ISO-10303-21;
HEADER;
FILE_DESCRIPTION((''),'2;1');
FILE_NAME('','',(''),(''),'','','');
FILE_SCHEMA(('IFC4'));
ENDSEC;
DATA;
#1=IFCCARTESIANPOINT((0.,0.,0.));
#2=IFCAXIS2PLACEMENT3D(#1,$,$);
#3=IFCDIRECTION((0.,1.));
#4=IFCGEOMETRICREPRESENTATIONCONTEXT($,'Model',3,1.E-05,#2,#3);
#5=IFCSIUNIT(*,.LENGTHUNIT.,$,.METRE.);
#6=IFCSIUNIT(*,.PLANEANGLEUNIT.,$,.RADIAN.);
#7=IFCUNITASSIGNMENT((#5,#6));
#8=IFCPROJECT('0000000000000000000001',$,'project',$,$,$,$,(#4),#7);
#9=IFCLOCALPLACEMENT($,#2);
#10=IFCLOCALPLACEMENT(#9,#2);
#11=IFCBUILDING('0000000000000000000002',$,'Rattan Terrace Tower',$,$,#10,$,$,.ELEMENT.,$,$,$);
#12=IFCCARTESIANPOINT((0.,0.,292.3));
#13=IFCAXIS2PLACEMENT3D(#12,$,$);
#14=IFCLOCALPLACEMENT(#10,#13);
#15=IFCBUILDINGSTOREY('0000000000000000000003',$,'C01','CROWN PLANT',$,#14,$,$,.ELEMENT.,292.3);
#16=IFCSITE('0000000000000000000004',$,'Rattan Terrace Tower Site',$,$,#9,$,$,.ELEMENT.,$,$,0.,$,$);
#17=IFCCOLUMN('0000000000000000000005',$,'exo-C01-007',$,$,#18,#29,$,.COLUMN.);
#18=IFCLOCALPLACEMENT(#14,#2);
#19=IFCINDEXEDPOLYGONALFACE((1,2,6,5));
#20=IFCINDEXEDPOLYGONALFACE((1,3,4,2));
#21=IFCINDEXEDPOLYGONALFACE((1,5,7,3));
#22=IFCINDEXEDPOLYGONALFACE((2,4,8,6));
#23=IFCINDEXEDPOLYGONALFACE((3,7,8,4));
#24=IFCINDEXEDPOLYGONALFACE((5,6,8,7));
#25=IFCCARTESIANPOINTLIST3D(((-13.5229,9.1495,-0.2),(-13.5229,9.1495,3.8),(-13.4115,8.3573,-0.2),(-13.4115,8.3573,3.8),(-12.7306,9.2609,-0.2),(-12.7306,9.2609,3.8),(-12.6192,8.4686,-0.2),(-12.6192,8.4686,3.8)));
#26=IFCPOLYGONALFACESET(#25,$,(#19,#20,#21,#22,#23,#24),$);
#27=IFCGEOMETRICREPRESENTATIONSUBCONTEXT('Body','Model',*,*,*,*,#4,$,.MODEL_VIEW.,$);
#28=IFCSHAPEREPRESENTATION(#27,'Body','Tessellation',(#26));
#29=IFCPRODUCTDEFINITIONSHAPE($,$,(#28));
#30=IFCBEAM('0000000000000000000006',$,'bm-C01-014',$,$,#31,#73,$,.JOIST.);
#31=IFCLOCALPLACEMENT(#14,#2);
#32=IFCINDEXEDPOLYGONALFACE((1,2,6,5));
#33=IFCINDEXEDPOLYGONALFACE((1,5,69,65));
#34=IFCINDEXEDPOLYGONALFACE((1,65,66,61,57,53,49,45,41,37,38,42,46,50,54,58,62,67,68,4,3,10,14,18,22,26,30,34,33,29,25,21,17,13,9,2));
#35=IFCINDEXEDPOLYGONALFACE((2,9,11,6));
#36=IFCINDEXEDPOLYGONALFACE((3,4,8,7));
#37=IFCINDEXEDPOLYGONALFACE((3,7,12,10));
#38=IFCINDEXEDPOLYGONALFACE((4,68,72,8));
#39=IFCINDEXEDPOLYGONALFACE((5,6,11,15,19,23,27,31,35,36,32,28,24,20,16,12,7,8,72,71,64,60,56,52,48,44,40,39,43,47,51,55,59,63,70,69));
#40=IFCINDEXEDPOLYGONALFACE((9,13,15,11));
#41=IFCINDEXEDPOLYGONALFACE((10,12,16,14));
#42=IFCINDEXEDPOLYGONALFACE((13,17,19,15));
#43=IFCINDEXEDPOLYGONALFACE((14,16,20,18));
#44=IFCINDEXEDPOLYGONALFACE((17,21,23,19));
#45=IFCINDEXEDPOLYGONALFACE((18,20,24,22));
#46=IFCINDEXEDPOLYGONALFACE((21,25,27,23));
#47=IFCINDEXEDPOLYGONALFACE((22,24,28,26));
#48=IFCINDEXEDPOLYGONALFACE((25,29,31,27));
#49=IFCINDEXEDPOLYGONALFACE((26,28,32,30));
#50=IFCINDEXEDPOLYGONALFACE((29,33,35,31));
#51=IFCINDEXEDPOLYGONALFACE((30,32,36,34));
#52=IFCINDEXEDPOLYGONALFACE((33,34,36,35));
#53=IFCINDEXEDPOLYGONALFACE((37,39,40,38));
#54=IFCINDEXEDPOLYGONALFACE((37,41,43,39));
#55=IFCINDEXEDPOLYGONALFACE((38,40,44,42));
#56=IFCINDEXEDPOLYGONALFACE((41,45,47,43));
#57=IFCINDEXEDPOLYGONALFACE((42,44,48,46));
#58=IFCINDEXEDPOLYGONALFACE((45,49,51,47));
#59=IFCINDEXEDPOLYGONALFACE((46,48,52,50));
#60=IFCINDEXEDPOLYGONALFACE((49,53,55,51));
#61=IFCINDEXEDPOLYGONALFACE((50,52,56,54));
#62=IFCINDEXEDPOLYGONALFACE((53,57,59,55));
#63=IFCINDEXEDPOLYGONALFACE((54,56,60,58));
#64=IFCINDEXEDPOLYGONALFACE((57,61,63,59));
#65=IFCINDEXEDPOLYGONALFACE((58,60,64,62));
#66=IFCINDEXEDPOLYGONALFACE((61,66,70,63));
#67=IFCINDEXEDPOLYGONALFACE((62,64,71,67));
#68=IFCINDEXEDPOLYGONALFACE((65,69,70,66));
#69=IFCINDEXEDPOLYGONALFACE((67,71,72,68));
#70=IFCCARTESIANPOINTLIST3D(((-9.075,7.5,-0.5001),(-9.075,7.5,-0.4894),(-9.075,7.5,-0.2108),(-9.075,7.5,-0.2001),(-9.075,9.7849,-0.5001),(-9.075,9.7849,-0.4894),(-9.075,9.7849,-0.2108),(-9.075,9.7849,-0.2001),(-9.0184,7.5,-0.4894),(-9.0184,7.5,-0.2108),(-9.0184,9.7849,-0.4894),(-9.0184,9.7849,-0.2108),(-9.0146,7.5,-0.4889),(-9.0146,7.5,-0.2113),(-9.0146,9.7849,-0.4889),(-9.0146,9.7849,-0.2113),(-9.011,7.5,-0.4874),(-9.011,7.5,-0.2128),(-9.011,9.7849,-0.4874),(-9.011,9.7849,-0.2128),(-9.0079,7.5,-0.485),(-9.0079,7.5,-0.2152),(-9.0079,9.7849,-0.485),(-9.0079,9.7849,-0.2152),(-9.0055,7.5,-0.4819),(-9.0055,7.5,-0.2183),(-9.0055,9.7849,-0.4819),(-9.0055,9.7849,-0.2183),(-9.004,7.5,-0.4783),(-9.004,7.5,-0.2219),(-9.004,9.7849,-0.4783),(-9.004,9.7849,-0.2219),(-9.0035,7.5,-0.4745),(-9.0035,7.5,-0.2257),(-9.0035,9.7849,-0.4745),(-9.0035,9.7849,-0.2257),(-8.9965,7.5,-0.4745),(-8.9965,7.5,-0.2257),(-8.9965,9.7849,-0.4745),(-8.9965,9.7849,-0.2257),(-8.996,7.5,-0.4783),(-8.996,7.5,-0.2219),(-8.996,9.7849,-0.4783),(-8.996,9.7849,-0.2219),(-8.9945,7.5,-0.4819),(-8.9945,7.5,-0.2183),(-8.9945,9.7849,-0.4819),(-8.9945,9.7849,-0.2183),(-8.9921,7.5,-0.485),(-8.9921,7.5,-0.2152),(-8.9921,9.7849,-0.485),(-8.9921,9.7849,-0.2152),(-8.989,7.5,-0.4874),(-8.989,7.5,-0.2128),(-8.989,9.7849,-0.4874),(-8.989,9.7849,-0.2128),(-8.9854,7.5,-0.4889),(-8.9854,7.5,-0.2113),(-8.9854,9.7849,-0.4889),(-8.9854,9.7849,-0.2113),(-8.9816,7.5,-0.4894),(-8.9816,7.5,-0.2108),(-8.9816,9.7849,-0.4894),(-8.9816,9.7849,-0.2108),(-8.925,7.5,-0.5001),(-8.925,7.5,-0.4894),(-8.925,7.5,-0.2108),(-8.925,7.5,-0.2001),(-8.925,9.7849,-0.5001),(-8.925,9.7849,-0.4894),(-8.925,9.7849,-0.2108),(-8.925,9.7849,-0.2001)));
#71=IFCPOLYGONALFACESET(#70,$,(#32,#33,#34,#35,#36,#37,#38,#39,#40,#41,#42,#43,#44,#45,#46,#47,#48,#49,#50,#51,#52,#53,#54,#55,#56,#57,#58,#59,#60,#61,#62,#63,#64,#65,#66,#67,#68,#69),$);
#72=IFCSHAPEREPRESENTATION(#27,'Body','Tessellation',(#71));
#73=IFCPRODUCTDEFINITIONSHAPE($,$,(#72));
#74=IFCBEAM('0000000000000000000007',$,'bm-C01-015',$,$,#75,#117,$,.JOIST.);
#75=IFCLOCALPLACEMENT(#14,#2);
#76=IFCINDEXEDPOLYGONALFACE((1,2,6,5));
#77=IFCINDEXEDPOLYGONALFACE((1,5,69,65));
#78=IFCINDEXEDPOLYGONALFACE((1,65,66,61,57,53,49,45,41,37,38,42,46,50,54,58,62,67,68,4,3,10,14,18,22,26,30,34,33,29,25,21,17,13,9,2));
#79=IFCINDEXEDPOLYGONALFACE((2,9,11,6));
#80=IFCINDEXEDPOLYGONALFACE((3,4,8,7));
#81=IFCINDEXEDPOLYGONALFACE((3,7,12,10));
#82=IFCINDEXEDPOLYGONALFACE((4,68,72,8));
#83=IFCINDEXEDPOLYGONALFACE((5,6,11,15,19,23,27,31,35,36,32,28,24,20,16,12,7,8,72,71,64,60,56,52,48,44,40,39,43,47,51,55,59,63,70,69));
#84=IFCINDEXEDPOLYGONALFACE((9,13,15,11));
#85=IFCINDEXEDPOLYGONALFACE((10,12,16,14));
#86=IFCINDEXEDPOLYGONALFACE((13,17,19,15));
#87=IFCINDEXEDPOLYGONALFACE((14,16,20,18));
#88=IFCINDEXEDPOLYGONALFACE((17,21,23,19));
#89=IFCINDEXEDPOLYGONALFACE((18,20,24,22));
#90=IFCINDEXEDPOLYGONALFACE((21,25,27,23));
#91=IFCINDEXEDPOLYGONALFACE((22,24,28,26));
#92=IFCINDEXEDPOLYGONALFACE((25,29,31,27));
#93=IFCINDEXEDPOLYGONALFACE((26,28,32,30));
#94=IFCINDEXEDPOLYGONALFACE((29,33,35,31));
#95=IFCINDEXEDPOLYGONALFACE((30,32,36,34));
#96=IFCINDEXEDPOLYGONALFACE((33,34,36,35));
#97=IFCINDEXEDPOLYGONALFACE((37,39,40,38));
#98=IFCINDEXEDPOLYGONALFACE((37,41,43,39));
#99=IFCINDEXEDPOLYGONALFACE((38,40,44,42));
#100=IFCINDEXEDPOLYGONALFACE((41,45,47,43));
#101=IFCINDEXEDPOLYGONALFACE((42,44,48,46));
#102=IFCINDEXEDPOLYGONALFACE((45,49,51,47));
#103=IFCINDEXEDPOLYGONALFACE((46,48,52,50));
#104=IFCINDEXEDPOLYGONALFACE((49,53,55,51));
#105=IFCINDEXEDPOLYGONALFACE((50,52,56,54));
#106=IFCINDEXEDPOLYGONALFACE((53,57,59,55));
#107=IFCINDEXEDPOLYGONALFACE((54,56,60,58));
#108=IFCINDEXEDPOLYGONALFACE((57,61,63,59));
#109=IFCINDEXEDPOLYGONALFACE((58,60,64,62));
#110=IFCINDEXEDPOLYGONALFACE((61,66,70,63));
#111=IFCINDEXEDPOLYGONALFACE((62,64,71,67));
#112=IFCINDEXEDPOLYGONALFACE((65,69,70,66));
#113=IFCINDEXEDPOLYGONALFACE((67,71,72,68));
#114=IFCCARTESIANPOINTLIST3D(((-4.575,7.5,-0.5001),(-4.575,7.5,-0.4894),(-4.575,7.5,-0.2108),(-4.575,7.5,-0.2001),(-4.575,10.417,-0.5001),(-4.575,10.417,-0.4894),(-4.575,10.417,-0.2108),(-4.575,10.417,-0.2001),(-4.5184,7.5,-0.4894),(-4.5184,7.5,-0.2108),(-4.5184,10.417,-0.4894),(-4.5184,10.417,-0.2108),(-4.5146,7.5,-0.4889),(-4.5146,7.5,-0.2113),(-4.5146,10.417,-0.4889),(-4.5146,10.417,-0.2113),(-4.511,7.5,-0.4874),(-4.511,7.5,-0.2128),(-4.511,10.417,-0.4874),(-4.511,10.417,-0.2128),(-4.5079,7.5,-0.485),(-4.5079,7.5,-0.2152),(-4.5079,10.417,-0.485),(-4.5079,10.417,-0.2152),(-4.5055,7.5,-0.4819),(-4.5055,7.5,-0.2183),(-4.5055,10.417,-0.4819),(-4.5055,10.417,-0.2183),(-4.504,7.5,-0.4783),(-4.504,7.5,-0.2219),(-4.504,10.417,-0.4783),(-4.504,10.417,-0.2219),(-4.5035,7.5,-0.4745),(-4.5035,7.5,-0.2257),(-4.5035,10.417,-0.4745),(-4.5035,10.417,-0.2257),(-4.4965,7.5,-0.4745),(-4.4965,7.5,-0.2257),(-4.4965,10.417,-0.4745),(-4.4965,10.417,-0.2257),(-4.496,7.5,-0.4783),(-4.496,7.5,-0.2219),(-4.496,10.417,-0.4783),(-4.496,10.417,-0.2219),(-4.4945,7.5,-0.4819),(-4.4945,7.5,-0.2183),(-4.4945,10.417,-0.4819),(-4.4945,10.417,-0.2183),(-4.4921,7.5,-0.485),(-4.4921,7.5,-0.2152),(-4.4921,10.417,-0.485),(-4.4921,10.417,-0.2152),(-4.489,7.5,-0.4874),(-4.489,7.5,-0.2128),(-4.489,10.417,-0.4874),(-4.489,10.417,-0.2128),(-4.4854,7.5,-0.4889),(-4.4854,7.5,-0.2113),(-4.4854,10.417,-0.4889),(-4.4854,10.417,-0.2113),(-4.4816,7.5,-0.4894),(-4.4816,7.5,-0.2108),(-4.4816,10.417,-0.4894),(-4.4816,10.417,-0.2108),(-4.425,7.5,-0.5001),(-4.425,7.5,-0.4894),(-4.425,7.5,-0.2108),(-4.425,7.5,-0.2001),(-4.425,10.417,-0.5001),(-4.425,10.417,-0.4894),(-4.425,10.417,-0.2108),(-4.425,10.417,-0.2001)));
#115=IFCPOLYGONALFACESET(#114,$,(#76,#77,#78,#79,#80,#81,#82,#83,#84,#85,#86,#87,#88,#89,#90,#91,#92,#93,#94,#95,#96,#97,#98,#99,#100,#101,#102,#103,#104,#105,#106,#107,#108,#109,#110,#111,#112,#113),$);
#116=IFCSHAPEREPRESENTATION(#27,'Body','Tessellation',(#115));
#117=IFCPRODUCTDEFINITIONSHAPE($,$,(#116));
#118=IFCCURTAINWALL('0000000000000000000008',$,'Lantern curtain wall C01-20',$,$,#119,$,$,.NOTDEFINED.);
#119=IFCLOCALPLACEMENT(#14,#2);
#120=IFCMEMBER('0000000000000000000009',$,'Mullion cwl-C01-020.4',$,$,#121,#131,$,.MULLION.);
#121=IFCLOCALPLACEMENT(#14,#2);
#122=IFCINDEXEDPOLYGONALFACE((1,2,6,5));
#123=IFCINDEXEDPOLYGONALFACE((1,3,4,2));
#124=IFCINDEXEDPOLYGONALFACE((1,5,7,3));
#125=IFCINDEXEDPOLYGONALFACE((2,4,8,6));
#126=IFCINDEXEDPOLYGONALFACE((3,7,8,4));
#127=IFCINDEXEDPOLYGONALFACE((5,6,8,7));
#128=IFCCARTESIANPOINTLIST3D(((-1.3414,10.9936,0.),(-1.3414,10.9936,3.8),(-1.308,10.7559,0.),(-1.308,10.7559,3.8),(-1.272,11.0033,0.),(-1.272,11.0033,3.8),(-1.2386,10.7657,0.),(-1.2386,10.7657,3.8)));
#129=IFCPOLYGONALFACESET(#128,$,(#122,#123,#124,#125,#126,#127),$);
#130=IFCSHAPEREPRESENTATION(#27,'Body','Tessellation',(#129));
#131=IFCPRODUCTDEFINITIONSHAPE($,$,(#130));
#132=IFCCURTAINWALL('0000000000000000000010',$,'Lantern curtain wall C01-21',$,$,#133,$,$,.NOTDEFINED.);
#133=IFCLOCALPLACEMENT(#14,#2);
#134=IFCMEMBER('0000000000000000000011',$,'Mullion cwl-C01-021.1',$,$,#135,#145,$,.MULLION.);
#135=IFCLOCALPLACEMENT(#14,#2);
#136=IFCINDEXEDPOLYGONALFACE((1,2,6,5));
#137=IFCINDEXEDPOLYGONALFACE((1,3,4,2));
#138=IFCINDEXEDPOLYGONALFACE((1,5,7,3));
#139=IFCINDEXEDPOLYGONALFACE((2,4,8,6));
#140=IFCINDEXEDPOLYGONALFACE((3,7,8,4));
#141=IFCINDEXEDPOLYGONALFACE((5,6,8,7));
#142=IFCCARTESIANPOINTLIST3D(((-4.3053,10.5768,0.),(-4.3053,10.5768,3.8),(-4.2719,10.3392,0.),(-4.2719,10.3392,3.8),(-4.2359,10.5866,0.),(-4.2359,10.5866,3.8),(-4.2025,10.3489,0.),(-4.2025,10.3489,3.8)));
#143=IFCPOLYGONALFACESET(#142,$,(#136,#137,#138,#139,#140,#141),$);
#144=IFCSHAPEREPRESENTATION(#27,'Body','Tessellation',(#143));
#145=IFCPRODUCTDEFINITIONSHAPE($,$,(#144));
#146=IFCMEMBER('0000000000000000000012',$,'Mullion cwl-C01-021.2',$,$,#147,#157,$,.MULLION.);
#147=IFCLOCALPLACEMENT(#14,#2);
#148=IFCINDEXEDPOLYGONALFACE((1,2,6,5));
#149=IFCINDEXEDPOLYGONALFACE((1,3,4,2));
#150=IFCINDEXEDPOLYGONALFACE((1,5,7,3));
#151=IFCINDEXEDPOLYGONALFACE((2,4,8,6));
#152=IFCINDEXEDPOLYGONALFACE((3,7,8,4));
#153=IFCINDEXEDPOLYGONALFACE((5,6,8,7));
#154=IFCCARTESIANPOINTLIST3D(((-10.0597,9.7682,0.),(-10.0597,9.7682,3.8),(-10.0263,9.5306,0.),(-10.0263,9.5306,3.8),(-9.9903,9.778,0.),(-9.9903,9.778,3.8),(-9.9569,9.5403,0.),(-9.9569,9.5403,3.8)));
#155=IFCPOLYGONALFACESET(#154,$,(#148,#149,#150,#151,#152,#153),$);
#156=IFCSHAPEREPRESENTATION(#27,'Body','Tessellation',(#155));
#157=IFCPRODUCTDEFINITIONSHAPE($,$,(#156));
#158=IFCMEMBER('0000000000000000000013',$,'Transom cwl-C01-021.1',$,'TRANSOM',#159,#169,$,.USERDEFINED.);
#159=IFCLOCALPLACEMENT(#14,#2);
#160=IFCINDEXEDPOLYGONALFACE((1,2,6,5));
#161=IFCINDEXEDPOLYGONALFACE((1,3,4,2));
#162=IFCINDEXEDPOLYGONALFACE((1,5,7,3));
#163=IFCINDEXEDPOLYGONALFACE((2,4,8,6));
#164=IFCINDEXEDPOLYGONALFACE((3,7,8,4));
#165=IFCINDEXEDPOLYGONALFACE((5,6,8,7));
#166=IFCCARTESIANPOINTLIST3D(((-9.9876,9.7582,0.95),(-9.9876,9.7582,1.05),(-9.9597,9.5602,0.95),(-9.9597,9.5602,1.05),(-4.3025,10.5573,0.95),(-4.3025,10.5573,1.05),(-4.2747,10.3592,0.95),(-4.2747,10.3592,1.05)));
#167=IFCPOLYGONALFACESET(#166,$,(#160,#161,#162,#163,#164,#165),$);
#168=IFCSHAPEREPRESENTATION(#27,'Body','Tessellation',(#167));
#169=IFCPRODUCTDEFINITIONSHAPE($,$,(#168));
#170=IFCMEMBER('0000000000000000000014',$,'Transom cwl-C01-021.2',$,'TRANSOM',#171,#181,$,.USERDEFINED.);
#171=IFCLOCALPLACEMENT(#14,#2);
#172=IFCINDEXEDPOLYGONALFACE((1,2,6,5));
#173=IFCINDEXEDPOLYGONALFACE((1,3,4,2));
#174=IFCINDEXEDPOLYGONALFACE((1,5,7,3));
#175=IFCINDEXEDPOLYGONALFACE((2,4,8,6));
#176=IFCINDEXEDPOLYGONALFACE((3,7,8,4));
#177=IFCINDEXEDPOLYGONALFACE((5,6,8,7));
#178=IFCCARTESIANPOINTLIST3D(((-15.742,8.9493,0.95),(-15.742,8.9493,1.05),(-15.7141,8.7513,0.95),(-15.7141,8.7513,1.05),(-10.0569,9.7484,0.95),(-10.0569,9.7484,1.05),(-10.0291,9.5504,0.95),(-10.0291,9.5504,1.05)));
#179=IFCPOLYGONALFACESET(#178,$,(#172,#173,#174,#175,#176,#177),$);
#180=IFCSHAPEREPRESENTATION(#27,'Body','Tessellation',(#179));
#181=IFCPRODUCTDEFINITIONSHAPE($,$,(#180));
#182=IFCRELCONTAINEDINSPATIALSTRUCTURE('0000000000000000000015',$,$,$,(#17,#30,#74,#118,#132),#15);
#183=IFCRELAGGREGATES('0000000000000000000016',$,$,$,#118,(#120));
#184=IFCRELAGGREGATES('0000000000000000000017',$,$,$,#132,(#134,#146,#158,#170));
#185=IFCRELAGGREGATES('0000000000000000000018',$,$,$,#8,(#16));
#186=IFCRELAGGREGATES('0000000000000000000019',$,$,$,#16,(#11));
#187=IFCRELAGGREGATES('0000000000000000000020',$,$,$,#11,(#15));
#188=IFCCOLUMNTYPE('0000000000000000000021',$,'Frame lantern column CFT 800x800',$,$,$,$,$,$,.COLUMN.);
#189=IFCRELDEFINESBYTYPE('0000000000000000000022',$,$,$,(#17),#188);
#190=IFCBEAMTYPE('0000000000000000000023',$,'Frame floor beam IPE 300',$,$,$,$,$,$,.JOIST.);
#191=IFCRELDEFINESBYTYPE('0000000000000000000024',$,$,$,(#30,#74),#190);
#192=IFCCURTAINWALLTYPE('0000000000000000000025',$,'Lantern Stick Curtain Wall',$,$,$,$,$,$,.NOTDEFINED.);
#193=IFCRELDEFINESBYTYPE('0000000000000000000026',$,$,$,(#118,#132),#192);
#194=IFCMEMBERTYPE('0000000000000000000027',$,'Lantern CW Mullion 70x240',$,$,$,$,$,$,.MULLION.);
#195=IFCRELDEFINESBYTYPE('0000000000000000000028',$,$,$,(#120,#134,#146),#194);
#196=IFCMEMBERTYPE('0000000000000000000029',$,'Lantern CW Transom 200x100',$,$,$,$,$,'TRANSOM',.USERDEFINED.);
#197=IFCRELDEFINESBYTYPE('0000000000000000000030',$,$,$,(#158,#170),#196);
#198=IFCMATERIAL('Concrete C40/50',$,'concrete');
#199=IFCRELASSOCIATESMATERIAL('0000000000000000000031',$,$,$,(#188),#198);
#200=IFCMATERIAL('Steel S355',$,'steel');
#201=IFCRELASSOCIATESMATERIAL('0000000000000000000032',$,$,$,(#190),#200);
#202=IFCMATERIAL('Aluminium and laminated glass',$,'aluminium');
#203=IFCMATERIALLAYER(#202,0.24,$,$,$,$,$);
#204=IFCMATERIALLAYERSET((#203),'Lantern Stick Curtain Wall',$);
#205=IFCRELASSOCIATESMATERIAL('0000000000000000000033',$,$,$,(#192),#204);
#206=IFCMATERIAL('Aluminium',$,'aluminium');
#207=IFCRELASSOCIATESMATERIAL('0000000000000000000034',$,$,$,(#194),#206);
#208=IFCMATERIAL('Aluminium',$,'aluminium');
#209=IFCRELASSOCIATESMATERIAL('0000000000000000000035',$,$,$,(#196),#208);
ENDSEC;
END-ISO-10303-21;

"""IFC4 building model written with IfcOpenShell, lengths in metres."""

from ifc_helpers import new_model, si_unit, direction, frame, origin, origin_2d, place, context, subcontext, project, spatial, rectangle, i_section, extrude, material, layer, layer_set, material_profile, profile_set, type_object, element, aggregate, save


model = new_model("IFC4")

# Units and contexts
model_context = context("Model", 3, precision=1e-05, world=origin(), true_north=direction((0.0, 1.0)))
body_context = subcontext(model_context, "Body", "Model", "MODEL_VIEW")
ifc_project = project(units=[si_unit("LENGTHUNIT", "METRE"), si_unit("PLANEANGLEUNIT", "RADIAN")], contexts=[model_context])

# Site, building, storey
site_placement = place(None, origin())
site = spatial("IfcSite", under=ifc_project, at=site_placement, Name="Rattan Terrace Tower Site", CompositionType="ELEMENT", RefElevation=0.0)
building_placement = place(site_placement, origin())
building = spatial("IfcBuilding", under=site, at=building_placement, Name="Rattan Terrace Tower", CompositionType="ELEMENT")
storey_placement = place(building_placement, frame((0.0, 0.0, 292.3)))
storey = spatial("IfcBuildingStorey", under=building, at=storey_placement, Name="C01", Description="CROWN PLANT", CompositionType="ELEMENT", Elevation=292.3)

# Column
ifc_material_1 = material(Name="Concrete C40/50", Category="concrete")
ifc_material_profile_1 = material_profile(ifc_material_1, rectangle(XDim=0.8, YDim=0.8, at=origin_2d()), Name="CFT 800x800")
ifc_profile_set_1 = profile_set([ifc_material_profile_1], Name="Concrete C40/50")
column_type = type_object("IfcColumnType", Name="Frame lantern column CFT 800x800", PredefinedType="COLUMN", material=ifc_profile_set_1)
column_placement = place(storey_placement, frame((-13.071, 8.8091, -0.2), z_axis=(0.0, 0.0, 1.0), x_axis=(0.990266, 0.13919, 0.0)))
element("IfcColumn", 1, at=column_placement, inside=storey, type_object=column_type, Name="exo-C01-007", PredefinedType="COLUMN", context=body_context, shape_type="SweptSolid", body=[
    extrude(rectangle(XDim=0.8, YDim=0.8, at=origin_2d()), origin(), (0.0, 0.0, 1.0), 4.0),
])

# Beams
ifc_material_2 = material(Name="Steel S355", Category="steel")
ifc_material_profile_2 = material_profile(ifc_material_2, i_section(OverallWidth=0.1499, OverallDepth=0.3, WebThickness=0.0071, FlangeThickness=0.0107, FilletRadius=0.0149, at=origin_2d()), Name="IPE 300")
ifc_profile_set_2 = profile_set([ifc_material_profile_2], Name="Steel S355")
beam_type = type_object("IfcBeamType", Name="Frame floor beam IPE 300", PredefinedType="JOIST", material=ifc_profile_set_2)
beam_1_placement = place(storey_placement, frame((-9.0, 7.5, -0.3501), z_axis=(0.0, 1.0, 0.0), x_axis=(-1.0, 0.0, 0.0)))
element("IfcBeam", 2, at=beam_1_placement, inside=storey, type_object=beam_type, Name="bm-C01-014", PredefinedType="JOIST", context=body_context, shape_type="SweptSolid", body=[
    extrude(i_section(OverallWidth=0.1499, OverallDepth=0.3, WebThickness=0.0071, FlangeThickness=0.0107, FilletRadius=0.0149, at=origin_2d()), origin(), (0.0, 0.0, 1.0), 2.2849),
])
beam_2_placement = place(storey_placement, frame((-4.5, 7.5, -0.3501), z_axis=(0.0, 1.0, 0.0), x_axis=(-1.0, 0.0, 0.0)))
element("IfcBeam", 3, at=beam_2_placement, inside=storey, type_object=beam_type, Name="bm-C01-015", PredefinedType="JOIST", context=body_context, shape_type="SweptSolid", body=[
    extrude(i_section(OverallWidth=0.1499, OverallDepth=0.3, WebThickness=0.0071, FlangeThickness=0.0107, FilletRadius=0.0149, at=origin_2d()), origin(), (0.0, 0.0, 1.0), 2.917),
])

# Curtain wall, member
ifc_material_3 = material(Name="Aluminium and laminated glass", Category="aluminium")
ifc_layer_1 = layer(ifc_material_3, 0.24)
ifc_layer_set_1 = layer_set([ifc_layer_1], Name="Lantern Stick Curtain Wall")
curtain_wall_type = type_object("IfcCurtainWallType", Name="Lantern Stick Curtain Wall", PredefinedType="NOTDEFINED", material=ifc_layer_set_1)
curtain_wall_1_placement = place(storey_placement, origin())
curtain_wall_1 = element("IfcCurtainWall", 4, at=curtain_wall_1_placement, inside=storey, type_object=curtain_wall_type, Name="Lantern curtain wall C01-20", PredefinedType="NOTDEFINED")
ifc_material_4 = material(Name="Aluminium", Category="aluminium")
ifc_material_profile_3 = material_profile(ifc_material_4, rectangle(XDim=0.0701, YDim=0.24, at=origin_2d()), Name="Aluminium 70x240")
ifc_profile_set_3 = profile_set([ifc_material_profile_3], Name="Aluminium")
member_type_1 = type_object("IfcMemberType", Name="Lantern CW Mullion 70x240", PredefinedType="MULLION", material=ifc_profile_set_3)
member_1_placement = place(storey_placement, frame((-1.29, 10.8796, 0.0), z_axis=(0.0, 0.0, 1.0), x_axis=(-0.990267, -0.139181, 0.0)))
member_1 = element("IfcMember", 5, at=member_1_placement, type_object=member_type_1, Name="Mullion cwl-C01-020.4", PredefinedType="MULLION", context=body_context, shape_type="SweptSolid", body=[
    extrude(rectangle(XDim=0.0701, YDim=0.24, at=origin_2d()), origin(), (0.0, 0.0, 1.0), 3.8),
])
aggregate(curtain_wall_1, [member_1])

# Curtain wall, members
curtain_wall_2_placement = place(storey_placement, origin())
curtain_wall_2 = element("IfcCurtainWall", 6, at=curtain_wall_2_placement, inside=storey, type_object=curtain_wall_type, Name="Lantern curtain wall C01-21", PredefinedType="NOTDEFINED")
member_2_placement = place(storey_placement, frame((-4.2539, 10.4629, 0.0), z_axis=(0.0, 0.0, 1.0), x_axis=(-0.990267, -0.139181, 0.0)))
member_2 = element("IfcMember", 7, at=member_2_placement, type_object=member_type_1, Name="Mullion cwl-C01-021.1", PredefinedType="MULLION", context=body_context, shape_type="SweptSolid", body=[
    extrude(rectangle(XDim=0.0701, YDim=0.24, at=origin_2d()), origin(), (0.0, 0.0, 1.0), 3.8),
])
member_3_placement = place(storey_placement, frame((-10.0083, 9.6543, 0.0), z_axis=(0.0, 0.0, 1.0), x_axis=(-0.990267, -0.139181, 0.0)))
member_3 = element("IfcMember", 8, at=member_3_placement, type_object=member_type_1, Name="Mullion cwl-C01-021.2", PredefinedType="MULLION", context=body_context, shape_type="SweptSolid", body=[
    extrude(rectangle(XDim=0.0701, YDim=0.24, at=origin_2d()), origin(), (0.0, 0.0, 1.0), 3.8),
])
ifc_material_5 = material(Name="Aluminium", Category="aluminium")
ifc_material_profile_4 = material_profile(ifc_material_5, rectangle(XDim=0.2, YDim=0.1001, at=origin_2d()), Name="Aluminium 200x100")
ifc_profile_set_4 = profile_set([ifc_material_profile_4], Name="Aluminium")
member_type_2 = type_object("IfcMemberType", Name="Lantern CW Transom 200x100", ElementType="TRANSOM", PredefinedType="USERDEFINED", material=ifc_profile_set_4)
member_4_placement = place(storey_placement, frame((-4.2886, 10.4583, 1.0), z_axis=(-0.990266, -0.139188, 0.0), x_axis=(0.139188, -0.990266, 0.0)))
member_4 = element("IfcMember", 9, at=member_4_placement, type_object=member_type_2, Name="Transom cwl-C01-021.1", ObjectType="TRANSOM", PredefinedType="USERDEFINED", context=body_context, shape_type="SweptSolid", body=[
    extrude(rectangle(XDim=0.2, YDim=0.1001, at=origin_2d()), origin(), (0.0, 0.0, 1.0), 5.741),
])
member_5_placement = place(storey_placement, frame((-10.043, 9.6494, 1.0), z_axis=(-0.990266, -0.139188, 0.0), x_axis=(0.139188, -0.990266, 0.0)))
member_5 = element("IfcMember", 10, at=member_5_placement, type_object=member_type_2, Name="Transom cwl-C01-021.2", ObjectType="TRANSOM", PredefinedType="USERDEFINED", context=body_context, shape_type="SweptSolid", body=[
    extrude(rectangle(XDim=0.2, YDim=0.1001, at=origin_2d()), origin(), (0.0, 0.0, 1.0), 5.741),
])
aggregate(curtain_wall_2, [member_2, member_3, member_4, member_5])

save(model, "model.ifc")
